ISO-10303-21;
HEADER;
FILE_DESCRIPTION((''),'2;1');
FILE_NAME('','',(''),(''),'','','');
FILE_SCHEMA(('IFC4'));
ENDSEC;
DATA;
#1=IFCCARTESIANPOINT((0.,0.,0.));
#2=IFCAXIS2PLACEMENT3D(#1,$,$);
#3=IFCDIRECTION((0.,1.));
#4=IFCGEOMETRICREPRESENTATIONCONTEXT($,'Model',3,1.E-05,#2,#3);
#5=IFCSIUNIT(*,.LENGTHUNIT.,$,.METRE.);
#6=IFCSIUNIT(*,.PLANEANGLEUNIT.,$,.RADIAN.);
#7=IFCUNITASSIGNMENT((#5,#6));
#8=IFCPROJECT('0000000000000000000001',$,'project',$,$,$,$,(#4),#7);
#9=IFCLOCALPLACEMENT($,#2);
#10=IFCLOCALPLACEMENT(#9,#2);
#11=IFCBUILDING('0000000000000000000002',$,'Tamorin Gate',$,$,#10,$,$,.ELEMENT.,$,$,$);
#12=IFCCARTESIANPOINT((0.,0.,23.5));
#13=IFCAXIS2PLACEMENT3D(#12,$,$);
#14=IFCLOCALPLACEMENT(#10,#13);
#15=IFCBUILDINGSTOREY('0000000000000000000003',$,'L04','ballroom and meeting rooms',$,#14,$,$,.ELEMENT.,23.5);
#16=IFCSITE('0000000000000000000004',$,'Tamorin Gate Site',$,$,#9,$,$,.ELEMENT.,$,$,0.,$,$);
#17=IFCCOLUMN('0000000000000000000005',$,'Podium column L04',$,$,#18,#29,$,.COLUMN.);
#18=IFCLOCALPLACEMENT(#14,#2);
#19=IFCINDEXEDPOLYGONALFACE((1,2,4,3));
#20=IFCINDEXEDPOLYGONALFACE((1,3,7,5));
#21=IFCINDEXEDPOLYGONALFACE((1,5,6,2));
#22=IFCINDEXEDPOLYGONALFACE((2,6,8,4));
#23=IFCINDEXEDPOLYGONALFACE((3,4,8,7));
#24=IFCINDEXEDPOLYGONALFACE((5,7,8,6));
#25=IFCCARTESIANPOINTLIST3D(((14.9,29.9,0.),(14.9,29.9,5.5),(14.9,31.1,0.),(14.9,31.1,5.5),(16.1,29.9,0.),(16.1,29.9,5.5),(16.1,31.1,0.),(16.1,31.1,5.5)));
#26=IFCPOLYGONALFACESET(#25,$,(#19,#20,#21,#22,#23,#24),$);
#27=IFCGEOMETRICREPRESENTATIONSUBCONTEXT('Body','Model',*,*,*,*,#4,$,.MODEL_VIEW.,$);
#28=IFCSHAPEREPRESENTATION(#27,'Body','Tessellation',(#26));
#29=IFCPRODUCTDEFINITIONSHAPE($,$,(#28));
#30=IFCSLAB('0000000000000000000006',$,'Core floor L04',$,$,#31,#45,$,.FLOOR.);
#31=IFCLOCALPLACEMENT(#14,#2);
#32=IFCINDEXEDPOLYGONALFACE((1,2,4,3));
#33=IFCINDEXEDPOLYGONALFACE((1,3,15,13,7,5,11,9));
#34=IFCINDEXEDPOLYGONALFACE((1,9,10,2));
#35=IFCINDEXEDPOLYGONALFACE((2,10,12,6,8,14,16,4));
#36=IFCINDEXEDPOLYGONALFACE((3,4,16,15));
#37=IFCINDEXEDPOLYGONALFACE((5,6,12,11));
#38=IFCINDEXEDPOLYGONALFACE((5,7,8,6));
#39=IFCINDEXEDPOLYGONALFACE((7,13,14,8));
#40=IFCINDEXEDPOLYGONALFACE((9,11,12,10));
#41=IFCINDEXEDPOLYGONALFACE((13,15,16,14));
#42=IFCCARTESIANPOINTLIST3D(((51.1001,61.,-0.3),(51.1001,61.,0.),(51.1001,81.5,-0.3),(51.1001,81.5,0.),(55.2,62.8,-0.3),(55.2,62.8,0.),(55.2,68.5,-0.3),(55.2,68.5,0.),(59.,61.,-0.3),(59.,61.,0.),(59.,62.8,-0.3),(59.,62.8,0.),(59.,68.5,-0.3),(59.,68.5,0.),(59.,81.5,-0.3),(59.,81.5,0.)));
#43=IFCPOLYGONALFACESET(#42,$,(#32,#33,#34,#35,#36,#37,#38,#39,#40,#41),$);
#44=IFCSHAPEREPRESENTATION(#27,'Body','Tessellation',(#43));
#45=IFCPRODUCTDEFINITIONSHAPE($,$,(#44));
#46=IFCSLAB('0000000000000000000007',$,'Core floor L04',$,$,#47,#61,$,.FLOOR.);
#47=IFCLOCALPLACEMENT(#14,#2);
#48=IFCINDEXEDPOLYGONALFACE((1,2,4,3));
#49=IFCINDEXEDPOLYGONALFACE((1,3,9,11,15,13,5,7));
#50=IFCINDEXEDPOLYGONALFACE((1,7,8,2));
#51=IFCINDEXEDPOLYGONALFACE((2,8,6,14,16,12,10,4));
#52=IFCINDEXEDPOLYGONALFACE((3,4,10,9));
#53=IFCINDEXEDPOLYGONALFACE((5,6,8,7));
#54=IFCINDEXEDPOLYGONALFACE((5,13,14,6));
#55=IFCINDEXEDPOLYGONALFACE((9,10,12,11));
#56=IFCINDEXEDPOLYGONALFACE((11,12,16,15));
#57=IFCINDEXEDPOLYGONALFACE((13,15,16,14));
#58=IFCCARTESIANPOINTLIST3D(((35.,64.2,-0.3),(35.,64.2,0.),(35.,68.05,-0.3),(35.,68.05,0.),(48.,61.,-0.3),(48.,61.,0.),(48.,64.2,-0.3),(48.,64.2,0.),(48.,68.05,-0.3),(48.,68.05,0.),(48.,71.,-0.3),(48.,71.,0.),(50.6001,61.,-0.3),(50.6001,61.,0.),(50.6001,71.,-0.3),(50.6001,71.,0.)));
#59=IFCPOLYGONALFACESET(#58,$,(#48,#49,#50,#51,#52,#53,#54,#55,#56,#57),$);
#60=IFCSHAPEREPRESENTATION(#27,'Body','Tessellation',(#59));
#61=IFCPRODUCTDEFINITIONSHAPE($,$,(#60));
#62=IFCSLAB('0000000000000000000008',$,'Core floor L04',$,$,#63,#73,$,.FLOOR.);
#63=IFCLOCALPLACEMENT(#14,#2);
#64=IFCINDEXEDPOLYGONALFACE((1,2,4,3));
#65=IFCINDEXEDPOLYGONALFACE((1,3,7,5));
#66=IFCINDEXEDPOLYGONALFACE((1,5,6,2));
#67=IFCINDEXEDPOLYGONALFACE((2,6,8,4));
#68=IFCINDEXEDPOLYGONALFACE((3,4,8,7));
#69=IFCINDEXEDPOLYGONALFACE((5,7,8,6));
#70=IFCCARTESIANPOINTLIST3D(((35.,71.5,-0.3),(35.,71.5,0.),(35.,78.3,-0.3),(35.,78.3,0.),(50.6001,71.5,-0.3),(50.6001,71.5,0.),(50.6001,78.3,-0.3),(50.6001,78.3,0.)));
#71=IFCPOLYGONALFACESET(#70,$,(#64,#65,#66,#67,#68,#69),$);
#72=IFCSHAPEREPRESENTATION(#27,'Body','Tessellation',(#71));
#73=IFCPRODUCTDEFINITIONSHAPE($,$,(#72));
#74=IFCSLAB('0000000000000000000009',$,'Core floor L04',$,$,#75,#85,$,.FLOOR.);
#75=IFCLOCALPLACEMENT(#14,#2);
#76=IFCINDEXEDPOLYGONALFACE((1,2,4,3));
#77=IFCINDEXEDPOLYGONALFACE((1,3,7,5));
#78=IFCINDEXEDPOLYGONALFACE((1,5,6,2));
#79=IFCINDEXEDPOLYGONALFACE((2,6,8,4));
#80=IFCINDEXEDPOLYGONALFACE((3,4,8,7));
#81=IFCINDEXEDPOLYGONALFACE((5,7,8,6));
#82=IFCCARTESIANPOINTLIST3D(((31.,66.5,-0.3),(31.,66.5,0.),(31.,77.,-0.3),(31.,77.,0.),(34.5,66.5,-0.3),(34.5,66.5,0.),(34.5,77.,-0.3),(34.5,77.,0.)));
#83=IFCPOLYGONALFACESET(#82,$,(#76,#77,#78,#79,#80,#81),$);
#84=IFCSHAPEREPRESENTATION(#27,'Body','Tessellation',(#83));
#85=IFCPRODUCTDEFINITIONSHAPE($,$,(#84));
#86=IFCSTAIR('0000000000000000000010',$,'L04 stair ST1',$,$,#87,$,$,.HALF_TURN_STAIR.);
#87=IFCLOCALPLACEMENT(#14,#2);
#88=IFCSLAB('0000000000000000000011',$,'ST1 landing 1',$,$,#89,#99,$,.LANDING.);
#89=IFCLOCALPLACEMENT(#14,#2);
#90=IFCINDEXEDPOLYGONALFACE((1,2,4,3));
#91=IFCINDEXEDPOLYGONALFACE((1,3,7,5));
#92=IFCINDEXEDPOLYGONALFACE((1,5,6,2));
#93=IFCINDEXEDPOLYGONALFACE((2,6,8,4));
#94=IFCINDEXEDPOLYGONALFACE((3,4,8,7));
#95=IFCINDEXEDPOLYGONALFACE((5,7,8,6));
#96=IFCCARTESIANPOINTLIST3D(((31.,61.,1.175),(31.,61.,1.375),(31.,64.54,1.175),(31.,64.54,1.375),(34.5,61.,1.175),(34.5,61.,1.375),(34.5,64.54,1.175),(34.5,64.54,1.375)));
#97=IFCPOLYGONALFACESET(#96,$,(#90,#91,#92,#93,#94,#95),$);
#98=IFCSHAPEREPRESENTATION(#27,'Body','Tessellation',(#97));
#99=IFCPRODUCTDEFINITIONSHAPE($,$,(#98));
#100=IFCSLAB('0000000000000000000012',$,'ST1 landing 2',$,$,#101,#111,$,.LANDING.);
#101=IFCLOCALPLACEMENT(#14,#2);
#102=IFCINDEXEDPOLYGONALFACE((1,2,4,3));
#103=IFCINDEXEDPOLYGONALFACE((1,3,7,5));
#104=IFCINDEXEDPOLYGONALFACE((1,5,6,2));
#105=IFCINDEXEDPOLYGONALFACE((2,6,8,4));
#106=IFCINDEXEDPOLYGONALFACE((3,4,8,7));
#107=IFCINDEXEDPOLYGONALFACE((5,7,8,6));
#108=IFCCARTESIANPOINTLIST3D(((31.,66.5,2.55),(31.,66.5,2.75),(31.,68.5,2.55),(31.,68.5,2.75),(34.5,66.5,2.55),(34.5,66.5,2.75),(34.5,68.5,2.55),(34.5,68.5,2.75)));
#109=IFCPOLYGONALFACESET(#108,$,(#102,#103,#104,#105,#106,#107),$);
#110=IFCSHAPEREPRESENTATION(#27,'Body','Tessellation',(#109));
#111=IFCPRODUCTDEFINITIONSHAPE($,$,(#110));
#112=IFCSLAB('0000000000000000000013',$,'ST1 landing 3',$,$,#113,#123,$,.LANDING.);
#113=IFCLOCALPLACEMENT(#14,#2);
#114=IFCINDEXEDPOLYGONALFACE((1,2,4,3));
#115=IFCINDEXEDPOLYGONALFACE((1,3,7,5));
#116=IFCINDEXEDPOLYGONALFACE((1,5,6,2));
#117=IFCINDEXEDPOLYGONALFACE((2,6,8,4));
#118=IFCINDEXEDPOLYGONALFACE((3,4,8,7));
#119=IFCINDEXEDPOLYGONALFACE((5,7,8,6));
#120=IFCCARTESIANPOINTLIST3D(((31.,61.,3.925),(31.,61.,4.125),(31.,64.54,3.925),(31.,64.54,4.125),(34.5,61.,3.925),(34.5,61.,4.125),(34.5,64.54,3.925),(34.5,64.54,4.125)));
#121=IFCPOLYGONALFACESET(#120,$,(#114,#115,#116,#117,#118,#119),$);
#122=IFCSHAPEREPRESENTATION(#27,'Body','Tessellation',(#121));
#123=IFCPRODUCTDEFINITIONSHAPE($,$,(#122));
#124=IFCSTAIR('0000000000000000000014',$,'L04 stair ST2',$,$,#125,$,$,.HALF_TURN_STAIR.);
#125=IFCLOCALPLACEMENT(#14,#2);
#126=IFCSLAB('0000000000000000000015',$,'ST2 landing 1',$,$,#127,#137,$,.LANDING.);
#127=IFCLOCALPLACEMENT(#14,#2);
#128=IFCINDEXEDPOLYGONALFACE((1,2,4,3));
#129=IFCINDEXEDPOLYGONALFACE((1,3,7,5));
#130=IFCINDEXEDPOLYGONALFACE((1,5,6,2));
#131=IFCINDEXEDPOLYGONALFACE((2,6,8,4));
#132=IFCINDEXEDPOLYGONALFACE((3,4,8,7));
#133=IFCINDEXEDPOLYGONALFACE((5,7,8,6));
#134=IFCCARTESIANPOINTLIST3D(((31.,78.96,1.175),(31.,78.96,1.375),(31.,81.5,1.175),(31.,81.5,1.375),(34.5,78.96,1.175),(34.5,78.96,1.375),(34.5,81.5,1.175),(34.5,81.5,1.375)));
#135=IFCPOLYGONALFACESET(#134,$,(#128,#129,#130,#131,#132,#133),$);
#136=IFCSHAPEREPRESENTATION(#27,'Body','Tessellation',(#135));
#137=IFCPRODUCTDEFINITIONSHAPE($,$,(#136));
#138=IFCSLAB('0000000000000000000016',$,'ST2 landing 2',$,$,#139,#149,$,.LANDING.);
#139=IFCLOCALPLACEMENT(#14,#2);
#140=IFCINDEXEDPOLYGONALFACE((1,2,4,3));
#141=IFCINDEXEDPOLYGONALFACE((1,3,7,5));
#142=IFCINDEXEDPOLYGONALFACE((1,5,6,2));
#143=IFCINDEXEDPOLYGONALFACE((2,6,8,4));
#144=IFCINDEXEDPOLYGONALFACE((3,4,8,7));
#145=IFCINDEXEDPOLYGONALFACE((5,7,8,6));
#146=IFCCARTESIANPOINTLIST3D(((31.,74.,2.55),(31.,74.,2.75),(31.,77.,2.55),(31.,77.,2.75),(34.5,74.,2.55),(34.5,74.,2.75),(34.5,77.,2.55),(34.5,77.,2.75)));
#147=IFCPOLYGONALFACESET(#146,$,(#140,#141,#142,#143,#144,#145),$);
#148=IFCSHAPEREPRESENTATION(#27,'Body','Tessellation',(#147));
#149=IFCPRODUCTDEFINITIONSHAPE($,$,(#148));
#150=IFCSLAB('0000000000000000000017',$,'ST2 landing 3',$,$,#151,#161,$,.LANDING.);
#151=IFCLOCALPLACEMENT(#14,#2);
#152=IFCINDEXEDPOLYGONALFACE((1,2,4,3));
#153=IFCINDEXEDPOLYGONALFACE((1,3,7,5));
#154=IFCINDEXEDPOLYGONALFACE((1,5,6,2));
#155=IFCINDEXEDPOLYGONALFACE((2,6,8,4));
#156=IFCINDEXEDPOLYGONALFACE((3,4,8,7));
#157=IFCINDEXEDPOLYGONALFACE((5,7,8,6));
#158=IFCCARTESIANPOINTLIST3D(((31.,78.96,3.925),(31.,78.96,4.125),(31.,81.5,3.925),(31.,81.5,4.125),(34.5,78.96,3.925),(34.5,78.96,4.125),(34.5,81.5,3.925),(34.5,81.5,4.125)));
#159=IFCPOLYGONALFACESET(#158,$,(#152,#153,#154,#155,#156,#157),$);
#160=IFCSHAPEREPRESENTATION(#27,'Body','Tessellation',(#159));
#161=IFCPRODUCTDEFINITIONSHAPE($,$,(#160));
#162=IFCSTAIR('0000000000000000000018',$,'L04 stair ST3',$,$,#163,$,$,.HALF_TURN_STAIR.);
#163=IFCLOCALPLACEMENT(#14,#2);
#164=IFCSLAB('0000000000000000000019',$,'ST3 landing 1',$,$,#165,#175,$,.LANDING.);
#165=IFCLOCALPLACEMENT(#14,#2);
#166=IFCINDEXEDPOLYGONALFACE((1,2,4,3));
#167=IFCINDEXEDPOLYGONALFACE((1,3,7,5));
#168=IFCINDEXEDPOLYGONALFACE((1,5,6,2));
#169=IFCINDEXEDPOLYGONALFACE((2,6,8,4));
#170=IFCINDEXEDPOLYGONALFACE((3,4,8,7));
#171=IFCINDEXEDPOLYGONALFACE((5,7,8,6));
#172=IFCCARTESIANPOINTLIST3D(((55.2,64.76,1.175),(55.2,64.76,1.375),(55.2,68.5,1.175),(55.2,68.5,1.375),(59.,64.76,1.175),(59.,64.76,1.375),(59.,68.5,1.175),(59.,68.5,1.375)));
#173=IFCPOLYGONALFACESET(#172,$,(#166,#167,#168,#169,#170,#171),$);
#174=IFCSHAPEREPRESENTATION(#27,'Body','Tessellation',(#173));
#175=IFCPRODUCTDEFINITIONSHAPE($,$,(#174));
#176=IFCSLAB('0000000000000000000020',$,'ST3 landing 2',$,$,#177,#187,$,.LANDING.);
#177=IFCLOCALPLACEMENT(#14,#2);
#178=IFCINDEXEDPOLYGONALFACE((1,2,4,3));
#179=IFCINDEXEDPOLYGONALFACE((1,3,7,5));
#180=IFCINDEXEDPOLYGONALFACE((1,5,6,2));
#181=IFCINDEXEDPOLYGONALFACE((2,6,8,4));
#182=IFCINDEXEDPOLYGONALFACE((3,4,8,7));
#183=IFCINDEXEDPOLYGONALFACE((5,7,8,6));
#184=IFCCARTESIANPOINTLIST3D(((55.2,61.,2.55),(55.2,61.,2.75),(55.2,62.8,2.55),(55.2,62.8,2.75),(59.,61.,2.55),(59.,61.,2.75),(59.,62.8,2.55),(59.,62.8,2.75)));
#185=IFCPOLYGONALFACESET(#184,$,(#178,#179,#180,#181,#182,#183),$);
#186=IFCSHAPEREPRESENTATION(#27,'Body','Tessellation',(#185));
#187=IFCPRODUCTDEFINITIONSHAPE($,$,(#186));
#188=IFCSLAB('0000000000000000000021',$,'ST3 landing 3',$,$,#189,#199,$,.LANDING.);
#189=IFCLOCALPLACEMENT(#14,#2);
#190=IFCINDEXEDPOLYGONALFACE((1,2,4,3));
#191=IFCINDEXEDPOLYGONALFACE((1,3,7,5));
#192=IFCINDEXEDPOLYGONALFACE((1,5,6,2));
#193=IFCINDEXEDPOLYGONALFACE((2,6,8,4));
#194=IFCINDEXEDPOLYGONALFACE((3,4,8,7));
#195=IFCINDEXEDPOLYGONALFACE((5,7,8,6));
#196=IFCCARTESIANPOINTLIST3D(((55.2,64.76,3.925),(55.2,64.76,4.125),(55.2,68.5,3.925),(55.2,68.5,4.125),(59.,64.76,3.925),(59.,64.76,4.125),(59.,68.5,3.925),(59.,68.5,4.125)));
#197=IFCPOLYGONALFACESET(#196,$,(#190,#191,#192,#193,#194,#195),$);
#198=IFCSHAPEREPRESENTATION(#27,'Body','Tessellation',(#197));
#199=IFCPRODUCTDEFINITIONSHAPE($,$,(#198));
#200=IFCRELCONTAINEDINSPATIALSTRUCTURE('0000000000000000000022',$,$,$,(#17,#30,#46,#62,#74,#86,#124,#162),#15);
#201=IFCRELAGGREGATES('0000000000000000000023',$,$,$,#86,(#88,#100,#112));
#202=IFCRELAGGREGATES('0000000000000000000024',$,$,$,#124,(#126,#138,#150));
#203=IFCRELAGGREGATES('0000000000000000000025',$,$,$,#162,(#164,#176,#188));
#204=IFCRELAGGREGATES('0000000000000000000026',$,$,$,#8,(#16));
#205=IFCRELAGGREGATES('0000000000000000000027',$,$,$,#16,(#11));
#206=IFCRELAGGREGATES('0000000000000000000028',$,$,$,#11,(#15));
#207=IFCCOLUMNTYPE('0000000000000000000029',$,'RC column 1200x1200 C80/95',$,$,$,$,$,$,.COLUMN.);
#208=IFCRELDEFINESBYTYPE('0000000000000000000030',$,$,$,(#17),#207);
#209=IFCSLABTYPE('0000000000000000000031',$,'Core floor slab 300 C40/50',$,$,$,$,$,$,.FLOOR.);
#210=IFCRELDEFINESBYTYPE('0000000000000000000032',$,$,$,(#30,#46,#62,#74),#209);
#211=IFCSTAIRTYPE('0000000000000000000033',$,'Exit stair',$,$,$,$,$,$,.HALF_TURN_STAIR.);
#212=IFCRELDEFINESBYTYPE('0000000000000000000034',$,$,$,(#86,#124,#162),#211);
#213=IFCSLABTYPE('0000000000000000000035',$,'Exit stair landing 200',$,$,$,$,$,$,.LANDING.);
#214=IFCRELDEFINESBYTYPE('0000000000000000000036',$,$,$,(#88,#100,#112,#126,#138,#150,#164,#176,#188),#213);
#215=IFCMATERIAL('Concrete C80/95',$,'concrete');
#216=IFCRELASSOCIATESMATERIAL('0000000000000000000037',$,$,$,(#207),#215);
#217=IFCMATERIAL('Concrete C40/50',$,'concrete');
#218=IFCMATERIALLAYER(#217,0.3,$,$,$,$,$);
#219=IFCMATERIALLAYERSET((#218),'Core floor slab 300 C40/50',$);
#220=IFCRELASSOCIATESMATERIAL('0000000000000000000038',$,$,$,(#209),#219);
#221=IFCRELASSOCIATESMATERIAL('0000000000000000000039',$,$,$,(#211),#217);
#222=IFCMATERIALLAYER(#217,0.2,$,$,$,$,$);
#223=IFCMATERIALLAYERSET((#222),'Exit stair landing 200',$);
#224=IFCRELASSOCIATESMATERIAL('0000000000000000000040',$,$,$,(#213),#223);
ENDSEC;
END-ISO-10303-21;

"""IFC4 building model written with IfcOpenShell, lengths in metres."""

from ifc_helpers import new_model, si_unit, direction, frame, origin, origin_2d, place, context, subcontext, project, spatial, polyline, rectangle, outline, extrude, material, layer, layer_set, material_profile, profile_set, type_object, element, aggregate, save


model = new_model("IFC4")

# Units and contexts
model_context = context("Model", 3, precision=1e-05, world=origin(), true_north=direction((0.0, 1.0)))
body_context = subcontext(model_context, "Body", "Model", "MODEL_VIEW")
ifc_project = project(units=[si_unit("LENGTHUNIT", "METRE"), si_unit("PLANEANGLEUNIT", "RADIAN")], contexts=[model_context])

# Site, building, storey
site_placement = place(None, origin())
site = spatial("IfcSite", under=ifc_project, at=site_placement, Name="Tamorin Gate Site", CompositionType="ELEMENT", RefElevation=0.0)
building_placement = place(site_placement, origin())
building = spatial("IfcBuilding", under=site, at=building_placement, Name="Tamorin Gate", CompositionType="ELEMENT")
storey_placement = place(building_placement, frame((0.0, 0.0, 23.5)))
storey = spatial("IfcBuildingStorey", under=building, at=storey_placement, Name="L04", Description="ballroom and meeting rooms", CompositionType="ELEMENT", Elevation=23.5)

# Column
ifc_material_1 = material(Name="Concrete C80/95", Category="concrete")
ifc_material_profile = material_profile(ifc_material_1, rectangle(XDim=1.2, YDim=1.2, at=origin_2d()), Name="RC 1200x1200")
ifc_profile_set = profile_set([ifc_material_profile], Name="Concrete C80/95")
column_type = type_object("IfcColumnType", Name="RC column 1200x1200 C80/95", PredefinedType="COLUMN", material=ifc_profile_set)
column_placement = place(storey_placement, frame((15.5, 30.5, 0.0), z_axis=(0.0, 0.0, 1.0), x_axis=(1.0, 0.0, 0.0)))
element("IfcColumn", 1, at=column_placement, inside=storey, type_object=column_type, Name="Podium column L04", PredefinedType="COLUMN", context=body_context, shape_type="SweptSolid", body=[
    extrude(rectangle(XDim=1.2, YDim=1.2, at=origin_2d()), origin(), (0.0, 0.0, 1.0), 5.5),
])

# Slabs
ifc_material_2 = material(Name="Concrete C40/50", Category="concrete")
ifc_layer_1 = layer(ifc_material_2, 0.3)
ifc_layer_set_1 = layer_set([ifc_layer_1], Name="Core floor slab 300 C40/50")
slab_type_1 = type_object("IfcSlabType", Name="Core floor slab 300 C40/50", PredefinedType="FLOOR", material=ifc_layer_set_1)
slab_1_placement = place(storey_placement, frame((0.0, 0.0, -0.3)))
element("IfcSlab", 2, at=slab_1_placement, inside=storey, type_object=slab_type_1, Name="Core floor L04", PredefinedType="FLOOR", context=body_context, shape_type="SweptSolid", body=[
    extrude(outline(polyline([(59.0, 62.8), (59.0, 61.0), (51.1001, 61.0), (51.1001, 81.5), (59.0, 81.5), (59.0, 68.5), (55.2, 68.5), (55.2, 62.8), (59.0, 62.8)])), origin(), (0.0, 0.0, 1.0), 0.3),
])
slab_2_placement = place(storey_placement, frame((0.0, 0.0, -0.3)))
element("IfcSlab", 3, at=slab_2_placement, inside=storey, type_object=slab_type_1, Name="Core floor L04", PredefinedType="FLOOR", context=body_context, shape_type="SweptSolid", body=[
    extrude(outline(polyline([(50.6001, 61.0), (48.0, 61.0), (48.0, 64.2), (35.0, 64.2), (35.0, 68.05), (48.0, 68.05), (48.0, 71.0), (50.6001, 71.0), (50.6001, 61.0)])), origin(), (0.0, 0.0, 1.0), 0.3),
])
slab_3_placement = place(storey_placement, frame((0.0, 0.0, -0.3)))
element("IfcSlab", 4, at=slab_3_placement, inside=storey, type_object=slab_type_1, Name="Core floor L04", PredefinedType="FLOOR", context=body_context, shape_type="SweptSolid", body=[
    extrude(outline(polyline([(50.6001, 71.5), (35.0, 71.5), (35.0, 78.3), (50.6001, 78.3), (50.6001, 71.5)])), origin(), (0.0, 0.0, 1.0), 0.3),
])
slab_4_placement = place(storey_placement, frame((0.0, 0.0, -0.3)))
element("IfcSlab", 5, at=slab_4_placement, inside=storey, type_object=slab_type_1, Name="Core floor L04", PredefinedType="FLOOR", context=body_context, shape_type="SweptSolid", body=[
    extrude(outline(polyline([(31.0, 66.5), (31.0, 77.0), (34.5, 77.0), (34.5, 66.5), (31.0, 66.5)])), origin(), (0.0, 0.0, 1.0), 0.3),
])

# Stairs, slabs
stair_type_1 = type_object("IfcStairType", Name="Exit stair", PredefinedType="HALF_TURN_STAIR", material=ifc_material_2)
stair_1_placement = place(storey_placement, origin())
stair_1 = element("IfcStair", 6, at=stair_1_placement, inside=storey, type_object=stair_type_1, Name="L04 stair ST1", PredefinedType="HALF_TURN_STAIR")
ifc_layer_2 = layer(ifc_material_2, 0.2)
ifc_layer_set_2 = layer_set([ifc_layer_2], Name="Exit stair landing 200")
slab_type_2 = type_object("IfcSlabType", Name="Exit stair landing 200", PredefinedType="LANDING", material=ifc_layer_set_2)
slab_5_placement = place(storey_placement, frame((0.0, 0.0, 1.175)))
slab_5 = element("IfcSlab", 7, at=slab_5_placement, type_object=slab_type_2, Name="ST1 landing 1", PredefinedType="LANDING", context=body_context, shape_type="SweptSolid", body=[
    extrude(outline(polyline([(31.0, 64.54), (31.0, 61.0), (34.5, 61.0), (34.5, 64.54), (31.0, 64.54)])), origin(), (0.0, 0.0, 1.0), 0.2),
])
slab_6_placement = place(storey_placement, frame((0.0, 0.0, 2.55)))
slab_6 = element("IfcSlab", 8, at=slab_6_placement, type_object=slab_type_2, Name="ST1 landing 2", PredefinedType="LANDING", context=body_context, shape_type="SweptSolid", body=[
    extrude(outline(polyline([(31.0, 68.5), (31.0, 66.5), (34.5, 66.5), (34.5, 68.5), (31.0, 68.5)])), origin(), (0.0, 0.0, 1.0), 0.2),
])
slab_7_placement = place(storey_placement, frame((0.0, 0.0, 3.925)))
slab_7 = element("IfcSlab", 9, at=slab_7_placement, type_object=slab_type_2, Name="ST1 landing 3", PredefinedType="LANDING", context=body_context, shape_type="SweptSolid", body=[
    extrude(outline(polyline([(31.0, 64.54), (31.0, 61.0), (34.5, 61.0), (34.5, 64.54), (31.0, 64.54)])), origin(), (0.0, 0.0, 1.0), 0.2),
])
aggregate(stair_1, [slab_5, slab_6, slab_7])
stair_2_placement = place(storey_placement, origin())
stair_2 = element("IfcStair", 10, at=stair_2_placement, inside=storey, type_object=stair_type_1, Name="L04 stair ST2", PredefinedType="HALF_TURN_STAIR")
slab_8_placement = place(storey_placement, frame((0.0, 0.0, 1.175)))
slab_8 = element("IfcSlab", 11, at=slab_8_placement, type_object=slab_type_2, Name="ST2 landing 1", PredefinedType="LANDING", context=body_context, shape_type="SweptSolid", body=[
    extrude(outline(polyline([(34.5, 78.96), (34.5, 81.5), (31.0, 81.5), (31.0, 78.96), (34.5, 78.96)])), origin(), (0.0, 0.0, 1.0), 0.2),
])
slab_9_placement = place(storey_placement, frame((0.0, 0.0, 2.55)))
slab_9 = element("IfcSlab", 12, at=slab_9_placement, type_object=slab_type_2, Name="ST2 landing 2", PredefinedType="LANDING", context=body_context, shape_type="SweptSolid", body=[
    extrude(outline(polyline([(34.5, 74.0), (34.5, 77.0), (31.0, 77.0), (31.0, 74.0), (34.5, 74.0)])), origin(), (0.0, 0.0, 1.0), 0.2),
])
slab_10_placement = place(storey_placement, frame((0.0, 0.0, 3.925)))
slab_10 = element("IfcSlab", 13, at=slab_10_placement, type_object=slab_type_2, Name="ST2 landing 3", PredefinedType="LANDING", context=body_context, shape_type="SweptSolid", body=[
    extrude(outline(polyline([(34.5, 78.96), (34.5, 81.5), (31.0, 81.5), (31.0, 78.96), (34.5, 78.96)])), origin(), (0.0, 0.0, 1.0), 0.2),
])
aggregate(stair_2, [slab_8, slab_9, slab_10])
stair_3_placement = place(storey_placement, origin())
stair_3 = element("IfcStair", 14, at=stair_3_placement, inside=storey, type_object=stair_type_1, Name="L04 stair ST3", PredefinedType="HALF_TURN_STAIR")
slab_11_placement = place(storey_placement, frame((0.0, 0.0, 1.175)))
slab_11 = element("IfcSlab", 15, at=slab_11_placement, type_object=slab_type_2, Name="ST3 landing 1", PredefinedType="LANDING", context=body_context, shape_type="SweptSolid", body=[
    extrude(outline(polyline([(59.0, 64.76), (59.0, 68.5), (55.2, 68.5), (55.2, 64.76), (59.0, 64.76)])), origin(), (0.0, 0.0, 1.0), 0.2),
])
slab_12_placement = place(storey_placement, frame((0.0, 0.0, 2.55)))
slab_12 = element("IfcSlab", 16, at=slab_12_placement, type_object=slab_type_2, Name="ST3 landing 2", PredefinedType="LANDING", context=body_context, shape_type="SweptSolid", body=[
    extrude(outline(polyline([(59.0, 61.0), (59.0, 62.8), (55.2, 62.8), (55.2, 61.0), (59.0, 61.0)])), origin(), (0.0, 0.0, 1.0), 0.2),
])
slab_13_placement = place(storey_placement, frame((0.0, 0.0, 3.925)))
slab_13 = element("IfcSlab", 17, at=slab_13_placement, type_object=slab_type_2, Name="ST3 landing 3", PredefinedType="LANDING", context=body_context, shape_type="SweptSolid", body=[
    extrude(outline(polyline([(59.0, 64.76), (59.0, 68.5), (55.2, 68.5), (55.2, 64.76), (59.0, 64.76)])), origin(), (0.0, 0.0, 1.0), 0.2),
])
aggregate(stair_3, [slab_11, slab_12, slab_13])

save(model, "model.ifc")
